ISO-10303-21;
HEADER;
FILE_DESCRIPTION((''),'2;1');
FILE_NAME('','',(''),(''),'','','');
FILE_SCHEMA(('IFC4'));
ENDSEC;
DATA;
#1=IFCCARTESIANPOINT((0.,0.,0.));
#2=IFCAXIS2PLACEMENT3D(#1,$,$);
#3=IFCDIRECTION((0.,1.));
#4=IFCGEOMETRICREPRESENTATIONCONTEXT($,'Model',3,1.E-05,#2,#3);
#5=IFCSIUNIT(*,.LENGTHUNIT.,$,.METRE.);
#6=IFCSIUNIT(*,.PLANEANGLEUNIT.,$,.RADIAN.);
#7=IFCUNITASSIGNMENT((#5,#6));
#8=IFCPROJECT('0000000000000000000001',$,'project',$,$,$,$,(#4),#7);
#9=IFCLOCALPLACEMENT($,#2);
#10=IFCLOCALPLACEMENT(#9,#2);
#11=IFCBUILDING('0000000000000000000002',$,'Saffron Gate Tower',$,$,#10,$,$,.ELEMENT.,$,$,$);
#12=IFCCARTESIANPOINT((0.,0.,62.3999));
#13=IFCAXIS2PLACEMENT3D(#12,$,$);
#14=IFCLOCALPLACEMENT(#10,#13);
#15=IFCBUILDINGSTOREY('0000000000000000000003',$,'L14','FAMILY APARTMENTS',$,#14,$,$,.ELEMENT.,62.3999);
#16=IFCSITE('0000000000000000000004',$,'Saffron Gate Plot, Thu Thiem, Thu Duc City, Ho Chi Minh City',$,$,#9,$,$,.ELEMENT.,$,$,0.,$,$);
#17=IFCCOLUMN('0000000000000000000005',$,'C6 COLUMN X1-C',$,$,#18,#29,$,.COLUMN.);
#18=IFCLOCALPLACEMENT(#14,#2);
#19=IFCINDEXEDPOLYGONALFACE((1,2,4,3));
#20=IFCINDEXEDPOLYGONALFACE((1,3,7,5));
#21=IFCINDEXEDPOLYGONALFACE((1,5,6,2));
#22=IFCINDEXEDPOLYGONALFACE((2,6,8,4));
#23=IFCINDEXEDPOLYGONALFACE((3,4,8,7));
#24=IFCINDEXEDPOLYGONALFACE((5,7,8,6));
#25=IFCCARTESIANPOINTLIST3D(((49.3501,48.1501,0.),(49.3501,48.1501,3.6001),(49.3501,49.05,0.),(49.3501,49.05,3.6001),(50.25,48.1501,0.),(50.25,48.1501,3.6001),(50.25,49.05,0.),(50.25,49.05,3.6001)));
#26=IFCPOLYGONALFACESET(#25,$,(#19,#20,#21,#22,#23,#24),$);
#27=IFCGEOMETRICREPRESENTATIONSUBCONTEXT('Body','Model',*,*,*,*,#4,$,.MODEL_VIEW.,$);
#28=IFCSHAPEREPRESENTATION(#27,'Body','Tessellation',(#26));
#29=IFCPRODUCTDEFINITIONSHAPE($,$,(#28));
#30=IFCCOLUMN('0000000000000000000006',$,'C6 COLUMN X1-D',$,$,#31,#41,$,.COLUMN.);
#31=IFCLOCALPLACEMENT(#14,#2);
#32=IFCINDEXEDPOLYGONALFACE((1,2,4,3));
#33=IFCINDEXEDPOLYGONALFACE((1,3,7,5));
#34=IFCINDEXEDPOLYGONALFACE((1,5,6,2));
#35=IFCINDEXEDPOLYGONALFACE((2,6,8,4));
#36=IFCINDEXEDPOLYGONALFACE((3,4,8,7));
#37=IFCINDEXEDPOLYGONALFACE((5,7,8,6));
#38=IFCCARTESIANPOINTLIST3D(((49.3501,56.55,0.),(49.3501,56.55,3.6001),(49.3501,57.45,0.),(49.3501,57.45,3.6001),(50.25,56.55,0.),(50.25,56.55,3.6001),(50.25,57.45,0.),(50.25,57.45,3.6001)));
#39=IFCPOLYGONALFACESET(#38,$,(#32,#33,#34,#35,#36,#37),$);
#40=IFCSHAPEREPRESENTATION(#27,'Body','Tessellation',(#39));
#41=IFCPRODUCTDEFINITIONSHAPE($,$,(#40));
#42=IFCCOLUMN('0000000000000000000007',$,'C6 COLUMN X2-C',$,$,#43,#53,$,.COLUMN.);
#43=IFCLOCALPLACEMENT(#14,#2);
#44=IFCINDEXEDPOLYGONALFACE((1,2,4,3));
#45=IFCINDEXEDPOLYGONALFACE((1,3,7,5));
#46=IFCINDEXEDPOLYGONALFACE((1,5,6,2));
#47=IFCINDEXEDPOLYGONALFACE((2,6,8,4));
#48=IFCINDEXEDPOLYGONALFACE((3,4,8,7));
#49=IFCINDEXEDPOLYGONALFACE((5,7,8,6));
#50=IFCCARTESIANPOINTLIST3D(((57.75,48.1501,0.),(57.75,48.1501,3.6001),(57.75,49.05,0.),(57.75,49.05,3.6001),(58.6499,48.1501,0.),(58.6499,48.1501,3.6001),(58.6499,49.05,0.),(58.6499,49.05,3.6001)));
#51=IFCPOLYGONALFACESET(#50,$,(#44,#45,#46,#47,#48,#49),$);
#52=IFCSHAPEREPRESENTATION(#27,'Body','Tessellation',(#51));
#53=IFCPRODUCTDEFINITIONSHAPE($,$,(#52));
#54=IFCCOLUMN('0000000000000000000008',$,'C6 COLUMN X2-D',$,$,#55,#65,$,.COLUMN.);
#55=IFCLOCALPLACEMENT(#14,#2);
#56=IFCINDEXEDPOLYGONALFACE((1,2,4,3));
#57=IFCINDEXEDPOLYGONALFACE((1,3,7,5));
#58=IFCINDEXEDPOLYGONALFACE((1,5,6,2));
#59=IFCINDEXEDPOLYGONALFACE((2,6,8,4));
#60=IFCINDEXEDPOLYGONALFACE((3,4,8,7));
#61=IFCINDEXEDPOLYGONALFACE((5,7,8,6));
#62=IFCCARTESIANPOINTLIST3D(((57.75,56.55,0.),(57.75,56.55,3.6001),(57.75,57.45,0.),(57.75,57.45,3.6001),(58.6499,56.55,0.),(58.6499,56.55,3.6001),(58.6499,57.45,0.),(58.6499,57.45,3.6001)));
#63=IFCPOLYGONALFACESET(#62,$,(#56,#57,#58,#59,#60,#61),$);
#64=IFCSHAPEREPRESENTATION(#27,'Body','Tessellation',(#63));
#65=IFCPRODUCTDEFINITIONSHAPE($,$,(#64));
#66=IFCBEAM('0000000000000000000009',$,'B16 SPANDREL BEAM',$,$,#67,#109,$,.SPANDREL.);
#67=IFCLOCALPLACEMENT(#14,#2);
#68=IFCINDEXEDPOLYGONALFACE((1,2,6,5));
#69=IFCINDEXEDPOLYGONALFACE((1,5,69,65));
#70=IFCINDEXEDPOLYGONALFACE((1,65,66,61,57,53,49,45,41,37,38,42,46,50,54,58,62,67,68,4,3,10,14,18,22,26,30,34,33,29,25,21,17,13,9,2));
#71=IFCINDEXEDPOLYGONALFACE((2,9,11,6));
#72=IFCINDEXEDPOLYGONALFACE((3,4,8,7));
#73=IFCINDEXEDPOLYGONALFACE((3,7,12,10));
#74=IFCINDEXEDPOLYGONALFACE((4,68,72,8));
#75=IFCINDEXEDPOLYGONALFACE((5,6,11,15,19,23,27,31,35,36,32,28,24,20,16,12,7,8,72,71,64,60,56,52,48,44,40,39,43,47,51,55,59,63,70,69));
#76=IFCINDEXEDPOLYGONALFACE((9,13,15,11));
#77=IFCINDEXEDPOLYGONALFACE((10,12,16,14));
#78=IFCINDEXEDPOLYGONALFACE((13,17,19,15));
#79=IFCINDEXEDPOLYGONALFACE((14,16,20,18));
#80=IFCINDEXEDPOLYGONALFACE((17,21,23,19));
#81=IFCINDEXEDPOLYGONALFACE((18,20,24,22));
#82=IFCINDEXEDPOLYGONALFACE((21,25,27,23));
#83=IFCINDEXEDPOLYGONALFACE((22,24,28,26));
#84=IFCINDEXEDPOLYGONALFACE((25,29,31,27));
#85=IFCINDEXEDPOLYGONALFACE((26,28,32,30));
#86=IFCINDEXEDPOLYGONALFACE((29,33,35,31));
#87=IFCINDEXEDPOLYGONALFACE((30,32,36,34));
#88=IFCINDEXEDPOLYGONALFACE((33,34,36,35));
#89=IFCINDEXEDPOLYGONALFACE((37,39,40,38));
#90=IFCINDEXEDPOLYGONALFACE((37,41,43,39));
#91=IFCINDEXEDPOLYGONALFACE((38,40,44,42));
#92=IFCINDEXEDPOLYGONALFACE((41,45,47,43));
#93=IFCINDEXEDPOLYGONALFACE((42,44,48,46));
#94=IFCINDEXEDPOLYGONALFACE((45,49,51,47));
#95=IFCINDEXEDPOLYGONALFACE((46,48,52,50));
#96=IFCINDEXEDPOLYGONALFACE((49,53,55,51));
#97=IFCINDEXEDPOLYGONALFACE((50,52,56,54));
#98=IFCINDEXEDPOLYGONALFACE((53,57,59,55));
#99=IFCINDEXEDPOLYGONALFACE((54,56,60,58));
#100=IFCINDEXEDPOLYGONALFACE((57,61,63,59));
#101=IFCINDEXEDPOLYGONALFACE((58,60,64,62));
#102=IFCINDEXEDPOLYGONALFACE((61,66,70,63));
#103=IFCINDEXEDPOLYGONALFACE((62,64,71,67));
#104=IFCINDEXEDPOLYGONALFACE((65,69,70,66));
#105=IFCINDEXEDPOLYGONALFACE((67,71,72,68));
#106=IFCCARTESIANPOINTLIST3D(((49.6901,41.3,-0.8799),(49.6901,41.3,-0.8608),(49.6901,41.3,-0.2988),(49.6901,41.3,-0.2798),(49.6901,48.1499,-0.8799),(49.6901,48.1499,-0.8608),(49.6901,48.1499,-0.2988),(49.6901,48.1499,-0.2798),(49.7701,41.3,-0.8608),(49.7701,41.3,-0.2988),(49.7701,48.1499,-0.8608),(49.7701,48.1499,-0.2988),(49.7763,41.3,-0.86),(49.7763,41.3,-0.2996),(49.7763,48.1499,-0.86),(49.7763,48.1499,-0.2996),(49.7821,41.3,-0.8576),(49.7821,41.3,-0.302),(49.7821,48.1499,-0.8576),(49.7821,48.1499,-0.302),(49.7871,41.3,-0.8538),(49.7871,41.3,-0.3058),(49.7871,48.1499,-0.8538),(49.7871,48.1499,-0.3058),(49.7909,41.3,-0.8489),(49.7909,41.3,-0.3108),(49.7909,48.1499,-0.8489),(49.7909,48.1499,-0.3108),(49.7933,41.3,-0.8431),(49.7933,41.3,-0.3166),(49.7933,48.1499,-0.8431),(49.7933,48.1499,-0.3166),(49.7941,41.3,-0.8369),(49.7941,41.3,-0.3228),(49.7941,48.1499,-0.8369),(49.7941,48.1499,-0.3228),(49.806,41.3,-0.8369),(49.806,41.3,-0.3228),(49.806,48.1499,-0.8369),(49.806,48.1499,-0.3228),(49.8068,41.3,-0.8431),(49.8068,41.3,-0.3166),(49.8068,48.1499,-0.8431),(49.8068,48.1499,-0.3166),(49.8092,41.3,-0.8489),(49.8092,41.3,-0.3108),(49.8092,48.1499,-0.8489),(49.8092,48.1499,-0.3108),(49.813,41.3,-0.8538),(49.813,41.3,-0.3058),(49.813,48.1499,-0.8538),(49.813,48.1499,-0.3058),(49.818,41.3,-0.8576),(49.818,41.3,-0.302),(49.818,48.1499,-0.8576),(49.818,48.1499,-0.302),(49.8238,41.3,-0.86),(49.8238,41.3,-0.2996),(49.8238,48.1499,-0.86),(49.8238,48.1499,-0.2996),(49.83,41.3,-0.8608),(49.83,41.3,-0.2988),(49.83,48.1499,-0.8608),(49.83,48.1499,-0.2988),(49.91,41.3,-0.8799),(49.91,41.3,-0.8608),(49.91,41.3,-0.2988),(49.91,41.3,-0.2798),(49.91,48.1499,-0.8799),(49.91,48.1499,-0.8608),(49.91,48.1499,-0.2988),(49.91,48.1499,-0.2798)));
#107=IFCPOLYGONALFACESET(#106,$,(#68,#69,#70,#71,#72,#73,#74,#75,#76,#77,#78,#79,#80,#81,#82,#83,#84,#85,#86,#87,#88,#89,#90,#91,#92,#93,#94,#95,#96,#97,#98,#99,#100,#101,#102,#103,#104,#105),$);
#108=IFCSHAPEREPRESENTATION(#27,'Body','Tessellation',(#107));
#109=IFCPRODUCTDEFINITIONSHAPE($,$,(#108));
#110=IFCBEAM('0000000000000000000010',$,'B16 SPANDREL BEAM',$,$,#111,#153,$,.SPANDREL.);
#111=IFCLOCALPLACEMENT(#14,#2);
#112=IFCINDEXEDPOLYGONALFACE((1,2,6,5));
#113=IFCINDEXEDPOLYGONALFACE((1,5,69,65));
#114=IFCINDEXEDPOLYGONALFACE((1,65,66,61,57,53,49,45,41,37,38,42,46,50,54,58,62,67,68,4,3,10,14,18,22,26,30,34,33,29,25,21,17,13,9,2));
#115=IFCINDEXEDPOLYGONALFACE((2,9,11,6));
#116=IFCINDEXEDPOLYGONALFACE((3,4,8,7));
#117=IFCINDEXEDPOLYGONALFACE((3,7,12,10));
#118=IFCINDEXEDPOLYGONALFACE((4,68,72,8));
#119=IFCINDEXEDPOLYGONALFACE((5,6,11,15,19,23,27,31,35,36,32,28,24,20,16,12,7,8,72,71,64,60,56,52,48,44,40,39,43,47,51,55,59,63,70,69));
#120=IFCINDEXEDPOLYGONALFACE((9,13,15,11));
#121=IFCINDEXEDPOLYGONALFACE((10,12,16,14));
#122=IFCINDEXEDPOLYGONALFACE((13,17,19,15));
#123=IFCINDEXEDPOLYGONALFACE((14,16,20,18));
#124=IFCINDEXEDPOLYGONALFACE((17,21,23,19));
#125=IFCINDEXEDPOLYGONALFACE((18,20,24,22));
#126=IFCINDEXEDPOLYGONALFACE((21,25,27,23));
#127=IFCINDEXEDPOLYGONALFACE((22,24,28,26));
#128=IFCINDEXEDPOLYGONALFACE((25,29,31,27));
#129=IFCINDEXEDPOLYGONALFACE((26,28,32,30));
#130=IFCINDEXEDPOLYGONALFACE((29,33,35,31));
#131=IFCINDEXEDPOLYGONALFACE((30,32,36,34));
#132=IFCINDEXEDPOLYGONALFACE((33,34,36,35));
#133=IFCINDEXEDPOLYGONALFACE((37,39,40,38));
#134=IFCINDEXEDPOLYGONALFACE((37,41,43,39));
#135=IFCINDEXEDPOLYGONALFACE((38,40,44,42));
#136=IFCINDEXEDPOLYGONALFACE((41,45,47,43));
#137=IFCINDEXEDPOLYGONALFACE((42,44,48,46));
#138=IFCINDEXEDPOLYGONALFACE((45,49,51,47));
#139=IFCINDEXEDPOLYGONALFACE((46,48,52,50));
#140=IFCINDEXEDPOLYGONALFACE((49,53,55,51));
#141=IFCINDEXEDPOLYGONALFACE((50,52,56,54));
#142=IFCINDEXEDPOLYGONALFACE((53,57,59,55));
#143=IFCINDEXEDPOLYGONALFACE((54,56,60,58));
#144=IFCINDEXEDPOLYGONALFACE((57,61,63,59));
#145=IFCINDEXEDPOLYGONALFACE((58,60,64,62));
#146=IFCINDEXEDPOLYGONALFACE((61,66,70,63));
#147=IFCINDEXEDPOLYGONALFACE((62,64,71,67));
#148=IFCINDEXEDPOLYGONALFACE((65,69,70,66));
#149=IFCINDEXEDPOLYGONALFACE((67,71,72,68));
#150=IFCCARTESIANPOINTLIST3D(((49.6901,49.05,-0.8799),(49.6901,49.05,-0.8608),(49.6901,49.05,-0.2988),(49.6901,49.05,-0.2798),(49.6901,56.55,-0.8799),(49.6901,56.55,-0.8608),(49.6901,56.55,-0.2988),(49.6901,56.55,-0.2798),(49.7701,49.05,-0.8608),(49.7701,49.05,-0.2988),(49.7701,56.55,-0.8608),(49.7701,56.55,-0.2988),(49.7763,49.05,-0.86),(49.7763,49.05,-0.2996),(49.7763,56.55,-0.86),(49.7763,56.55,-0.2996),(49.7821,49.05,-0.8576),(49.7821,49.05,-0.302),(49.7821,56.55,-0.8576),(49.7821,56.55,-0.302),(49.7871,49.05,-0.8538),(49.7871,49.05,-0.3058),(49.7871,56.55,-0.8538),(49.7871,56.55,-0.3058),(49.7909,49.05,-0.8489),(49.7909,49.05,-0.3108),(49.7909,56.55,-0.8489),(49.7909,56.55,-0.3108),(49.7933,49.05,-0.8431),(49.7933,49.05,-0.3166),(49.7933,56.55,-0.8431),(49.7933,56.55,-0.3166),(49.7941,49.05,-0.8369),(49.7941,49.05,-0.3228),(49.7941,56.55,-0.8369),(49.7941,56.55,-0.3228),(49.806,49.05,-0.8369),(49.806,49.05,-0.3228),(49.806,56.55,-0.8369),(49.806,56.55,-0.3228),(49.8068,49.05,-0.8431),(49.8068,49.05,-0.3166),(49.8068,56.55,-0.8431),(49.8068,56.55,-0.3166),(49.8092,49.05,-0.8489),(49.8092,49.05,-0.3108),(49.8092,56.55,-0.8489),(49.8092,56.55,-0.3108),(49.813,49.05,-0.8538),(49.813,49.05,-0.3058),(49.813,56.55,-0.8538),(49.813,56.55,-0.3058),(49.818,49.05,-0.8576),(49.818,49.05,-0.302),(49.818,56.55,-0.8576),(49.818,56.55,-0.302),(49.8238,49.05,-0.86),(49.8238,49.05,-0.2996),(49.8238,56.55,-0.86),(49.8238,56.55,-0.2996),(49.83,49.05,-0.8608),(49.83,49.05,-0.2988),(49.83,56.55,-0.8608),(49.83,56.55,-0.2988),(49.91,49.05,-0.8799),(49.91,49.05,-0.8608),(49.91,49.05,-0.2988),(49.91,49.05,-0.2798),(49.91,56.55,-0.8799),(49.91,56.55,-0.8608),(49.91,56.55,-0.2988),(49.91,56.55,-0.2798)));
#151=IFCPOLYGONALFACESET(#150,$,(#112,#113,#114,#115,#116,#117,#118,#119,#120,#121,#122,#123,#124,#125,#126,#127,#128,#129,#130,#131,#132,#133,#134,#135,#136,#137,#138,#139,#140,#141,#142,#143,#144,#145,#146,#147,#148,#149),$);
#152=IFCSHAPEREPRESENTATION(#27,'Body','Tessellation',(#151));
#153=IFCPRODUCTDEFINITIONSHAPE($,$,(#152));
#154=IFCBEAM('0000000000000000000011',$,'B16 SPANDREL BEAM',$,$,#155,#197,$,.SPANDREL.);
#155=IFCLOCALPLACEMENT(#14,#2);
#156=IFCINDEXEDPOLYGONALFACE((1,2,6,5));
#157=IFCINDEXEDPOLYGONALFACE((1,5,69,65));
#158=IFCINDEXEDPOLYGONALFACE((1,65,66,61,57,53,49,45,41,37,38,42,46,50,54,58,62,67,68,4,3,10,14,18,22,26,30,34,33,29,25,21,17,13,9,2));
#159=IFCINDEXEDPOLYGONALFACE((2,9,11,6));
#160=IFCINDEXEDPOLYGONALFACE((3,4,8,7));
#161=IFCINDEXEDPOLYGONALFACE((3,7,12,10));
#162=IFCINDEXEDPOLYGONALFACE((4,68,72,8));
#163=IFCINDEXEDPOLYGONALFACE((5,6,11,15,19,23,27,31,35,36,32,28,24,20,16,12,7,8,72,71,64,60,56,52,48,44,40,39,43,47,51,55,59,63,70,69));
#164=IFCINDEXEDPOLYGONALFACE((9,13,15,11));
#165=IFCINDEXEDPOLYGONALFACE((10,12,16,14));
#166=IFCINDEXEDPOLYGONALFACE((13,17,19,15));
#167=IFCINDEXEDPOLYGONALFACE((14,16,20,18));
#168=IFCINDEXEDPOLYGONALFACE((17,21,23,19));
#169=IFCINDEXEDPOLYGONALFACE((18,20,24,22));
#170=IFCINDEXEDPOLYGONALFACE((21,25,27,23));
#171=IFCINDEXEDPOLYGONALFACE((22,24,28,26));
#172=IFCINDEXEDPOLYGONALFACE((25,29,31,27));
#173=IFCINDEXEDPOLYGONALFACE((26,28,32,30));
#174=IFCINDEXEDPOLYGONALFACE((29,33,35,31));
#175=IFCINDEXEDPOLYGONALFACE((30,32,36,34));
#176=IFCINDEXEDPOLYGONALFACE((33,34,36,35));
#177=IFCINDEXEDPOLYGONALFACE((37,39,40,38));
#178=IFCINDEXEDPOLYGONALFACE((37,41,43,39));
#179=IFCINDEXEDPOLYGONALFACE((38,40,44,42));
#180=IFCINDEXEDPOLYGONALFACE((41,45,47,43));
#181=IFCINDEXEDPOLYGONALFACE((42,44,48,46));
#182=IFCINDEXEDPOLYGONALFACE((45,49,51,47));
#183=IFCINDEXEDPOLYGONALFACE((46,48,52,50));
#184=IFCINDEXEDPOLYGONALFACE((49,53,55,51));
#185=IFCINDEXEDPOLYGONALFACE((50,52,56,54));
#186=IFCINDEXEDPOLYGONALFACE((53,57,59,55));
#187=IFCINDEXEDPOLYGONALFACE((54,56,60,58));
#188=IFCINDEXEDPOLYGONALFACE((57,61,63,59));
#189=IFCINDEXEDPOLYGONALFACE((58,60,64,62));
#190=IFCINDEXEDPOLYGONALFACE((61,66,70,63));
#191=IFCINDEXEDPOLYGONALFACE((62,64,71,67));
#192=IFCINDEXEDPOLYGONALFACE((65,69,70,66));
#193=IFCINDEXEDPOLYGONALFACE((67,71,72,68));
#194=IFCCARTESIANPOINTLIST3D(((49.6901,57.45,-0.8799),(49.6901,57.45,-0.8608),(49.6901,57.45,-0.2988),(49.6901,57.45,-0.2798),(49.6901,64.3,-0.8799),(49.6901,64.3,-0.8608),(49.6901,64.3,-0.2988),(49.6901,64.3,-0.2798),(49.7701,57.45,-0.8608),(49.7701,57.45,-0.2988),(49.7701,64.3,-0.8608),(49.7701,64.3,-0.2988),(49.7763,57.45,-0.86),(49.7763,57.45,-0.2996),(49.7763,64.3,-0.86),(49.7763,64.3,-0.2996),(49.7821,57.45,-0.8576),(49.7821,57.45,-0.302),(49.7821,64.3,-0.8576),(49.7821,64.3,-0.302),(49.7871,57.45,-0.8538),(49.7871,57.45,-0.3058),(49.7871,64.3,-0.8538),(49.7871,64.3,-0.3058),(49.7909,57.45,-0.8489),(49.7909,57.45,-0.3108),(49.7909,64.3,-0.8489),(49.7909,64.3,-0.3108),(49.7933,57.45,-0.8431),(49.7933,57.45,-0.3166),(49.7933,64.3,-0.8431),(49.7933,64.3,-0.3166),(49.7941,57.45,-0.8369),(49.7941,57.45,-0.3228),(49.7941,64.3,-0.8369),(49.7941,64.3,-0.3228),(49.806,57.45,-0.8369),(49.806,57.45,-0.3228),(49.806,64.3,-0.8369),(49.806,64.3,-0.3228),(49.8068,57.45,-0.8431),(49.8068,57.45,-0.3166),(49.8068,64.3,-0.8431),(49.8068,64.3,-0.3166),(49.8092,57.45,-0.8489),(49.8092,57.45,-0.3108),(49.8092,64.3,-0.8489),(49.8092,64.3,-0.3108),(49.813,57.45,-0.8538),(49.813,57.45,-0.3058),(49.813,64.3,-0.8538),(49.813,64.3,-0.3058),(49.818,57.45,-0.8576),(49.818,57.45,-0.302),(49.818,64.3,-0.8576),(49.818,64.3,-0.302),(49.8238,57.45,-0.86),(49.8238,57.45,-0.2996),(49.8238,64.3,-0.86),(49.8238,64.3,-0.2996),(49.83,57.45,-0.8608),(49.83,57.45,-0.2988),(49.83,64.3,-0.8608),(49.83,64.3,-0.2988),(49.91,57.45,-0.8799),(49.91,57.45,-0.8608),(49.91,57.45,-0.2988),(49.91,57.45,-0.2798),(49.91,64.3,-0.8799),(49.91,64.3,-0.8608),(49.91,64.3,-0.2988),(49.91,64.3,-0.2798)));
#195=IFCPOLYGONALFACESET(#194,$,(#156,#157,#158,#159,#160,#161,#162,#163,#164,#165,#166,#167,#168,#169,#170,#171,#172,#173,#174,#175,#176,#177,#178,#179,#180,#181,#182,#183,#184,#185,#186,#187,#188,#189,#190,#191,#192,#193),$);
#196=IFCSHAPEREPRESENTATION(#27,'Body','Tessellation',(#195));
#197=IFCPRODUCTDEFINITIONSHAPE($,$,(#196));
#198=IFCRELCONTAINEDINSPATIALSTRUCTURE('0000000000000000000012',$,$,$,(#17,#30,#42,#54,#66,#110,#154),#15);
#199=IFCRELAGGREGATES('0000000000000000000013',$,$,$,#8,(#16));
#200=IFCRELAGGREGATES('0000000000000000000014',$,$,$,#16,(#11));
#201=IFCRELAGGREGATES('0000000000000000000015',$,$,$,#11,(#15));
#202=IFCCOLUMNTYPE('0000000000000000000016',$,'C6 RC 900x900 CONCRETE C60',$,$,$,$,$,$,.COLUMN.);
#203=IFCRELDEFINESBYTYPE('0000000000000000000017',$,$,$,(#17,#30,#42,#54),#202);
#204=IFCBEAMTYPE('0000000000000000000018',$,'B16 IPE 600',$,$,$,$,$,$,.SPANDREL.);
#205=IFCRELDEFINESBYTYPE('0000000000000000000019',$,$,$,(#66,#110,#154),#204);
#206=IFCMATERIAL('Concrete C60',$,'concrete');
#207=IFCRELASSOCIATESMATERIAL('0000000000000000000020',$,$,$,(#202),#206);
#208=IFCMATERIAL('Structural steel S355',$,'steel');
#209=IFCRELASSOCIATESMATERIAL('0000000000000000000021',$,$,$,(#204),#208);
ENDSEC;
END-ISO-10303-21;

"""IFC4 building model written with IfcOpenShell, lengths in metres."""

from ifc_helpers import new_model, si_unit, direction, frame, origin, origin_2d, place, context, subcontext, project, spatial, rectangle, i_section, extrude, material, material_profile, profile_set, type_object, element, save


model = new_model("IFC4")

# Units and contexts
model_context = context("Model", 3, precision=1e-05, world=origin(), true_north=direction((0.0, 1.0)))
body_context = subcontext(model_context, "Body", "Model", "MODEL_VIEW")
ifc_project = project(units=[si_unit("LENGTHUNIT", "METRE"), si_unit("PLANEANGLEUNIT", "RADIAN")], contexts=[model_context])

# Site, building, storey
site_placement = place(None, origin())
site = spatial("IfcSite", under=ifc_project, at=site_placement, Name="Saffron Gate Plot, Thu Thiem, Thu Duc City, Ho Chi Minh City", CompositionType="ELEMENT", RefElevation=0.0)
building_placement = place(site_placement, origin())
building = spatial("IfcBuilding", under=site, at=building_placement, Name="Saffron Gate Tower", CompositionType="ELEMENT")
storey_placement = place(building_placement, frame((0.0, 0.0, 62.3999)))
storey = spatial("IfcBuildingStorey", under=building, at=storey_placement, Name="L14", Description="FAMILY APARTMENTS", CompositionType="ELEMENT", Elevation=62.3999)

# Columns
ifc_material_1 = material(Name="Concrete C60", Category="concrete")
ifc_material_profile_1 = material_profile(ifc_material_1, rectangle(XDim=0.8999, YDim=0.8999, at=origin_2d()))
ifc_profile_set_1 = profile_set([ifc_material_profile_1], Name="Concrete C60")
column_type = type_object("IfcColumnType", Name="C6 RC 900x900 CONCRETE C60", PredefinedType="COLUMN", material=ifc_profile_set_1)
for number, where, z_axis, x_axis, name in (
    (1, (49.8, 48.6001, 0.0), (0.0, 0.0, 1.0), (1.0, 0.0, 0.0), "C6 COLUMN X1-C"),
    (2, (49.8, 57.0, 0.0), (0.0, 0.0, 1.0), (1.0, 0.0, 0.0), "C6 COLUMN X1-D"),
    (3, (58.2, 48.6001, 0.0), (0.0, 0.0, 1.0), (1.0, 0.0, 0.0), "C6 COLUMN X2-C"),
    (4, (58.2, 57.0, 0.0), (0.0, 0.0, 1.0), (1.0, 0.0, 0.0), "C6 COLUMN X2-D"),
):
    element("IfcColumn", number, at=place(storey_placement, frame(where, z_axis=z_axis, x_axis=x_axis)), inside=storey, type_object=column_type, Name=name, PredefinedType="COLUMN", context=body_context, shape_type="SweptSolid", body=[
        extrude(rectangle(XDim=0.8999, YDim=0.8999, at=origin_2d()), origin(), (0.0, 0.0, 1.0), 3.6001),
    ])

# Beams
ifc_material_2 = material(Name="Structural steel S355", Category="steel")
ifc_material_profile_2 = material_profile(ifc_material_2, i_section(OverallWidth=0.22, OverallDepth=0.6001, WebThickness=0.012, FlangeThickness=0.019, FilletRadius=0.0239, at=origin_2d()))
ifc_profile_set_2 = profile_set([ifc_material_profile_2], Name="Structural steel S355")
beam_type = type_object("IfcBeamType", Name="B16 IPE 600", PredefinedType="SPANDREL", material=ifc_profile_set_2)
beam_1_placement = place(storey_placement, frame((49.8, 41.3, -0.5798), z_axis=(0.0, 1.0, 0.0), x_axis=(-1.0, 0.0, 0.0)))
element("IfcBeam", 5, at=beam_1_placement, inside=storey, type_object=beam_type, Name="B16 SPANDREL BEAM", PredefinedType="SPANDREL", context=body_context, shape_type="SweptSolid", body=[
    extrude(i_section(OverallWidth=0.22, OverallDepth=0.6001, WebThickness=0.012, FlangeThickness=0.019, FilletRadius=0.0239, at=origin_2d()), origin(), (0.0, 0.0, 1.0), 6.8499),
])
beam_2_placement = place(storey_placement, frame((49.8, 49.05, -0.5798), z_axis=(0.0, 1.0, 0.0), x_axis=(-1.0, 0.0, 0.0)))
element("IfcBeam", 6, at=beam_2_placement, inside=storey, type_object=beam_type, Name="B16 SPANDREL BEAM", PredefinedType="SPANDREL", context=body_context, shape_type="SweptSolid", body=[
    extrude(i_section(OverallWidth=0.22, OverallDepth=0.6001, WebThickness=0.012, FlangeThickness=0.019, FilletRadius=0.0239, at=origin_2d()), origin(), (0.0, 0.0, 1.0), 7.5),
])
beam_3_placement = place(storey_placement, frame((49.8, 57.45, -0.5798), z_axis=(0.0, 1.0, 0.0), x_axis=(-1.0, 0.0, 0.0)))
element("IfcBeam", 7, at=beam_3_placement, inside=storey, type_object=beam_type, Name="B16 SPANDREL BEAM", PredefinedType="SPANDREL", context=body_context, shape_type="SweptSolid", body=[
    extrude(i_section(OverallWidth=0.22, OverallDepth=0.6001, WebThickness=0.012, FlangeThickness=0.019, FilletRadius=0.0239, at=origin_2d()), origin(), (0.0, 0.0, 1.0), 6.8501),
])

save(model, "model.ifc")
